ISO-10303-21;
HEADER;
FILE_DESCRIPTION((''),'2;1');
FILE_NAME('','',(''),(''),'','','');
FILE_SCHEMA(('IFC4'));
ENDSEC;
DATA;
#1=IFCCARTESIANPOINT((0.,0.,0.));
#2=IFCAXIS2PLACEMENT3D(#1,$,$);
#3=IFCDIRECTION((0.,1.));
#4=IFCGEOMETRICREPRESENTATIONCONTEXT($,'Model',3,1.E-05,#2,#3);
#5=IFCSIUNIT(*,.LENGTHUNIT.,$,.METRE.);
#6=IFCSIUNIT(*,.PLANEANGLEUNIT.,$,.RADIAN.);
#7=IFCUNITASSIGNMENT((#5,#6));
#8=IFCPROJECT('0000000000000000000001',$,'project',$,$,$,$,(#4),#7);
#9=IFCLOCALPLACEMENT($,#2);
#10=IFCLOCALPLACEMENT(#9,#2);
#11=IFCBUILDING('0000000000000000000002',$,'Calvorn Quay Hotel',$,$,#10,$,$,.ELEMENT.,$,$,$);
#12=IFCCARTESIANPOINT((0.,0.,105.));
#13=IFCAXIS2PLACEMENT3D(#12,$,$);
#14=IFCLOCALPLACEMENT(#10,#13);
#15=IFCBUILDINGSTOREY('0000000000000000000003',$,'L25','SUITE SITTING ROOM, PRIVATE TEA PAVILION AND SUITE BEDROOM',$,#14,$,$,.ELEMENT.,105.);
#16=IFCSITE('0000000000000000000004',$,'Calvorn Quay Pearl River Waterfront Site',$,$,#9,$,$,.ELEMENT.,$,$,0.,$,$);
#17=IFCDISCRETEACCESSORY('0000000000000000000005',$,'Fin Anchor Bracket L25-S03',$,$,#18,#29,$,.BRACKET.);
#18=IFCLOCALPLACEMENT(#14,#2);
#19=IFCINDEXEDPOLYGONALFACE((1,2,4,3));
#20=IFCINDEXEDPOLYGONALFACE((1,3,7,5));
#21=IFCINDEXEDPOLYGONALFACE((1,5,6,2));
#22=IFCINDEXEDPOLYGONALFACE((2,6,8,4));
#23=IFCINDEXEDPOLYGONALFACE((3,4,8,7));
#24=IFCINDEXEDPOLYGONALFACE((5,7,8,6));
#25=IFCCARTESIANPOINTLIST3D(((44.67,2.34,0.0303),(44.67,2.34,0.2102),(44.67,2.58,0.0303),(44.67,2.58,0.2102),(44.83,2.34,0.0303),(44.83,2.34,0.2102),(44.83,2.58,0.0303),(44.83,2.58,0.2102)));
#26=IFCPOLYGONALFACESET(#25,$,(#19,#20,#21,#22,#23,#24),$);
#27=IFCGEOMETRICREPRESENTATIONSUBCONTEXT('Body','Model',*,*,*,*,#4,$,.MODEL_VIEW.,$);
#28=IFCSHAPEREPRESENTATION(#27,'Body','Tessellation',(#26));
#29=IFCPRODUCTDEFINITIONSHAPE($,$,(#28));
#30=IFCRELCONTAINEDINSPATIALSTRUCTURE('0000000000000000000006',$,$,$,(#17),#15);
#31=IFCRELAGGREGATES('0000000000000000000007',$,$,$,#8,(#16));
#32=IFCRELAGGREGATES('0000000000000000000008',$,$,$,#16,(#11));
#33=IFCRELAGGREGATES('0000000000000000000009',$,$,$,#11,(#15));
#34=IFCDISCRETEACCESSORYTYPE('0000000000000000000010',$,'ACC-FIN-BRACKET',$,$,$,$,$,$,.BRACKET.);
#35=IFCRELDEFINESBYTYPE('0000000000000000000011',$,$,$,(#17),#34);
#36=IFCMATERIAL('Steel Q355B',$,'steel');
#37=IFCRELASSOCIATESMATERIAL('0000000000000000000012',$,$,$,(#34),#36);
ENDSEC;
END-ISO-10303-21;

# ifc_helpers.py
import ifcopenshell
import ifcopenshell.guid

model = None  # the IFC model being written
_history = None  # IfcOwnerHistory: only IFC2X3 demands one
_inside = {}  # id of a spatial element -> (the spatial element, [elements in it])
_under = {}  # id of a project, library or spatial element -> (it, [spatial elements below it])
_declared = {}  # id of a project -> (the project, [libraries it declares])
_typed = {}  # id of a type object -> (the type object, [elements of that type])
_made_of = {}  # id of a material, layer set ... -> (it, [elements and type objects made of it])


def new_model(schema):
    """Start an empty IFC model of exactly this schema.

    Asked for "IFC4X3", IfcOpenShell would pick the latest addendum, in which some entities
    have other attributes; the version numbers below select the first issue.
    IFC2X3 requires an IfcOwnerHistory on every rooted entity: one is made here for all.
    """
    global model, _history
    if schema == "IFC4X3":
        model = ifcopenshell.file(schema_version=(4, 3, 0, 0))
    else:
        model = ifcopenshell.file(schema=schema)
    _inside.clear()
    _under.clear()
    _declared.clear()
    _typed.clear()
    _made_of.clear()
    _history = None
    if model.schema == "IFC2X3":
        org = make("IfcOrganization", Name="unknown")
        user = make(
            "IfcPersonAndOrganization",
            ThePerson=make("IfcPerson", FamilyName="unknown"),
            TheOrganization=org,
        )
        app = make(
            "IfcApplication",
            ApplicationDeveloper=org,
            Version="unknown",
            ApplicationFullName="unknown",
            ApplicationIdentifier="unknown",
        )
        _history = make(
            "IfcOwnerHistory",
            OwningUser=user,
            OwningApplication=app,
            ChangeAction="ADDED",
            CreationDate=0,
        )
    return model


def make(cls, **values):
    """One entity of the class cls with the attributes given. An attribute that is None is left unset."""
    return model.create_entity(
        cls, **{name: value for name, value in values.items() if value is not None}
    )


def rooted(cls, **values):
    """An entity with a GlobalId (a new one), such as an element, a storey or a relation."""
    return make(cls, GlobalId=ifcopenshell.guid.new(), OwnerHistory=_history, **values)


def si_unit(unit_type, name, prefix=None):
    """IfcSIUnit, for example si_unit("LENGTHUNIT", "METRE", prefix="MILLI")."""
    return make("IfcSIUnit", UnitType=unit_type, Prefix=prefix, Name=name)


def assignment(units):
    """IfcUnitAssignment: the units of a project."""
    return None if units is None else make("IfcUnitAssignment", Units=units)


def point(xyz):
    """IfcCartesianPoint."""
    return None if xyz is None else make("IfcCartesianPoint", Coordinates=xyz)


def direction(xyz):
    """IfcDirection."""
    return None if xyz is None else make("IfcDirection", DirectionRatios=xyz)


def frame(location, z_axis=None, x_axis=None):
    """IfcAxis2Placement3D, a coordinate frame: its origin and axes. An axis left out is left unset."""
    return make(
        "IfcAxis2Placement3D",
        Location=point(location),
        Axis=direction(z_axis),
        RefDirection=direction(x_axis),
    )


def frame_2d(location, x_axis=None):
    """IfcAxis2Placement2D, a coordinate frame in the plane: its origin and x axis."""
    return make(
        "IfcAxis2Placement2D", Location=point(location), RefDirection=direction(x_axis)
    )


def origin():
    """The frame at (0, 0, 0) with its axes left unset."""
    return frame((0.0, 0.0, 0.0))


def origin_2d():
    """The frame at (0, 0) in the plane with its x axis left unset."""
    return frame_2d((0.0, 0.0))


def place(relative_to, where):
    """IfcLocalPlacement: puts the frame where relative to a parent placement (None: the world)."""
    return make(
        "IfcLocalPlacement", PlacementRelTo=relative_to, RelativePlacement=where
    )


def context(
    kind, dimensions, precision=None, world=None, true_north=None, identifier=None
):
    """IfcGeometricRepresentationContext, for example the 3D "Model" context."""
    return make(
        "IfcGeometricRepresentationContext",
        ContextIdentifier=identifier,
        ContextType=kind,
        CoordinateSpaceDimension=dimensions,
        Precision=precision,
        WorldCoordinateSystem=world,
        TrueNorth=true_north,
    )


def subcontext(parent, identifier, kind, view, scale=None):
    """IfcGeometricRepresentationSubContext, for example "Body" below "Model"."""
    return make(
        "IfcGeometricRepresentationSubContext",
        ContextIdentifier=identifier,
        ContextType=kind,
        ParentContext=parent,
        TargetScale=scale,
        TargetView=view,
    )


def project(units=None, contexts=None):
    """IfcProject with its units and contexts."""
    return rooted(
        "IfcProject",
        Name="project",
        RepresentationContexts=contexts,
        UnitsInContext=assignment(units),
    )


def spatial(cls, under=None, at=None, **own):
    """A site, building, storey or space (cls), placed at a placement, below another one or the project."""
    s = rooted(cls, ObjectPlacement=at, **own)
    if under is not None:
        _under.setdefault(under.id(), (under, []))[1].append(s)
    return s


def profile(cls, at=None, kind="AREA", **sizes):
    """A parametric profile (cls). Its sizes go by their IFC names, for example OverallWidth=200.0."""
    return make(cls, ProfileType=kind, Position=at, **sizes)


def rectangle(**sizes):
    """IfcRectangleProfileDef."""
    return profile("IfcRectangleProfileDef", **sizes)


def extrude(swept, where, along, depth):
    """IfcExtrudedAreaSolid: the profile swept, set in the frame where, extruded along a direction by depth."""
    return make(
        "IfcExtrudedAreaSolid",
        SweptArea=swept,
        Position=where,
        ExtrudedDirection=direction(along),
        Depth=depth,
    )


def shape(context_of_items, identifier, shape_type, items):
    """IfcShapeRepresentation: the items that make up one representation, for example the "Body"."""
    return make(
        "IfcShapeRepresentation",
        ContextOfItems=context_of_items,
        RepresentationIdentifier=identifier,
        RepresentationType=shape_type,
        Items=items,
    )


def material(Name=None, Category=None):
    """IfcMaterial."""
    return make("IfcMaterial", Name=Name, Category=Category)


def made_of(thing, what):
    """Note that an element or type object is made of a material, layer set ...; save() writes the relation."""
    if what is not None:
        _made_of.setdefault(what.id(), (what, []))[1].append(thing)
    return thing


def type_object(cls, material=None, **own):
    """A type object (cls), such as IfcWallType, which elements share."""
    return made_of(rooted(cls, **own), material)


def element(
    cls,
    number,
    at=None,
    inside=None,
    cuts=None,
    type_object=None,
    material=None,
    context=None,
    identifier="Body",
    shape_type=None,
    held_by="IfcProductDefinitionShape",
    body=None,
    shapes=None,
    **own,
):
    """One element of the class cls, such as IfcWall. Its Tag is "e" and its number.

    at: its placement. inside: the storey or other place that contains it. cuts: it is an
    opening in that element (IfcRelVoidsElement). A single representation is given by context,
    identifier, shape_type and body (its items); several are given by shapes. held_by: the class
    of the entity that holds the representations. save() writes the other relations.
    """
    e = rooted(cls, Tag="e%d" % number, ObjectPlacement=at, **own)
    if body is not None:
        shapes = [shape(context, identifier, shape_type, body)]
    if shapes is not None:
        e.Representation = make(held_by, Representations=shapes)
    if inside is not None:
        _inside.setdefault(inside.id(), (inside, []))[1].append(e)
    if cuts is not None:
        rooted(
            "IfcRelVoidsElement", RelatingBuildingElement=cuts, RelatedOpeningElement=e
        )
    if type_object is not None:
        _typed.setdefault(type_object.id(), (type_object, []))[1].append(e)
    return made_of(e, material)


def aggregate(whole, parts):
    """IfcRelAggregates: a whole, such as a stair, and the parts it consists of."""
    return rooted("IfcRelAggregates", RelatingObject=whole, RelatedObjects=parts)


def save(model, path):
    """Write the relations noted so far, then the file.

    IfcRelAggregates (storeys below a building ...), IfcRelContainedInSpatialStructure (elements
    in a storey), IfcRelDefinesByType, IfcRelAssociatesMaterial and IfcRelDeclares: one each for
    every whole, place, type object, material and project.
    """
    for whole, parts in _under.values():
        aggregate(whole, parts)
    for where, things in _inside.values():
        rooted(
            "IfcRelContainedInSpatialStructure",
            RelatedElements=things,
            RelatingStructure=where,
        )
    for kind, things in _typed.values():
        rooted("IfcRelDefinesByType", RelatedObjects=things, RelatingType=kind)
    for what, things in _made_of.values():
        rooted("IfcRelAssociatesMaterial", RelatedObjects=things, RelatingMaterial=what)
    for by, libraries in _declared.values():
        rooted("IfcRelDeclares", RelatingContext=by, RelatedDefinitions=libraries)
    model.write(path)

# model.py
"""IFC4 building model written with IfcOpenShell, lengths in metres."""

from ifc_helpers import new_model, si_unit, direction, frame, origin, origin_2d, place, context, subcontext, project, spatial, rectangle, extrude, material, type_object, element, save


model = new_model("IFC4")

# Units and contexts
model_context = context("Model", 3, precision=1e-05, world=origin(), true_north=direction((0.0, 1.0)))
body_context = subcontext(model_context, "Body", "Model", "MODEL_VIEW")
ifc_project = project(units=[si_unit("LENGTHUNIT", "METRE"), si_unit("PLANEANGLEUNIT", "RADIAN")], contexts=[model_context])

# Site, building, storey
site_placement = place(None, origin())
site = spatial("IfcSite", under=ifc_project, at=site_placement, Name="Calvorn Quay Pearl River Waterfront Site", CompositionType="ELEMENT", RefElevation=0.0)
building_placement = place(site_placement, origin())
building = spatial("IfcBuilding", under=site, at=building_placement, Name="Calvorn Quay Hotel", CompositionType="ELEMENT")
storey_placement = place(building_placement, frame((0.0, 0.0, 105.0)))
storey = spatial("IfcBuildingStorey", under=building, at=storey_placement, Name="L25", Description="SUITE SITTING ROOM, PRIVATE TEA PAVILION AND SUITE BEDROOM", CompositionType="ELEMENT", Elevation=105.0)

# Discrete accessory
ifc_material_1 = material(Name="Steel Q355B", Category="steel")
discrete_accessory_type = type_object("IfcDiscreteAccessoryType", Name="ACC-FIN-BRACKET", PredefinedType="BRACKET", material=ifc_material_1)
discrete_accessory_placement = place(storey_placement, frame((44.75, 2.46, 0.0303), z_axis=(0.0, 0.0, 1.0), x_axis=(0.0, 1.0, 0.0)))
element("IfcDiscreteAccessory", 1, at=discrete_accessory_placement, inside=storey, type_object=discrete_accessory_type, Name="Fin Anchor Bracket L25-S03", PredefinedType="BRACKET", context=body_context, shape_type="SweptSolid", body=[
    extrude(rectangle(XDim=0.24, YDim=0.1599, at=origin_2d()), origin(), (0.0, 0.0, 1.0), 0.1799),
])

save(model, "model.ifc")
